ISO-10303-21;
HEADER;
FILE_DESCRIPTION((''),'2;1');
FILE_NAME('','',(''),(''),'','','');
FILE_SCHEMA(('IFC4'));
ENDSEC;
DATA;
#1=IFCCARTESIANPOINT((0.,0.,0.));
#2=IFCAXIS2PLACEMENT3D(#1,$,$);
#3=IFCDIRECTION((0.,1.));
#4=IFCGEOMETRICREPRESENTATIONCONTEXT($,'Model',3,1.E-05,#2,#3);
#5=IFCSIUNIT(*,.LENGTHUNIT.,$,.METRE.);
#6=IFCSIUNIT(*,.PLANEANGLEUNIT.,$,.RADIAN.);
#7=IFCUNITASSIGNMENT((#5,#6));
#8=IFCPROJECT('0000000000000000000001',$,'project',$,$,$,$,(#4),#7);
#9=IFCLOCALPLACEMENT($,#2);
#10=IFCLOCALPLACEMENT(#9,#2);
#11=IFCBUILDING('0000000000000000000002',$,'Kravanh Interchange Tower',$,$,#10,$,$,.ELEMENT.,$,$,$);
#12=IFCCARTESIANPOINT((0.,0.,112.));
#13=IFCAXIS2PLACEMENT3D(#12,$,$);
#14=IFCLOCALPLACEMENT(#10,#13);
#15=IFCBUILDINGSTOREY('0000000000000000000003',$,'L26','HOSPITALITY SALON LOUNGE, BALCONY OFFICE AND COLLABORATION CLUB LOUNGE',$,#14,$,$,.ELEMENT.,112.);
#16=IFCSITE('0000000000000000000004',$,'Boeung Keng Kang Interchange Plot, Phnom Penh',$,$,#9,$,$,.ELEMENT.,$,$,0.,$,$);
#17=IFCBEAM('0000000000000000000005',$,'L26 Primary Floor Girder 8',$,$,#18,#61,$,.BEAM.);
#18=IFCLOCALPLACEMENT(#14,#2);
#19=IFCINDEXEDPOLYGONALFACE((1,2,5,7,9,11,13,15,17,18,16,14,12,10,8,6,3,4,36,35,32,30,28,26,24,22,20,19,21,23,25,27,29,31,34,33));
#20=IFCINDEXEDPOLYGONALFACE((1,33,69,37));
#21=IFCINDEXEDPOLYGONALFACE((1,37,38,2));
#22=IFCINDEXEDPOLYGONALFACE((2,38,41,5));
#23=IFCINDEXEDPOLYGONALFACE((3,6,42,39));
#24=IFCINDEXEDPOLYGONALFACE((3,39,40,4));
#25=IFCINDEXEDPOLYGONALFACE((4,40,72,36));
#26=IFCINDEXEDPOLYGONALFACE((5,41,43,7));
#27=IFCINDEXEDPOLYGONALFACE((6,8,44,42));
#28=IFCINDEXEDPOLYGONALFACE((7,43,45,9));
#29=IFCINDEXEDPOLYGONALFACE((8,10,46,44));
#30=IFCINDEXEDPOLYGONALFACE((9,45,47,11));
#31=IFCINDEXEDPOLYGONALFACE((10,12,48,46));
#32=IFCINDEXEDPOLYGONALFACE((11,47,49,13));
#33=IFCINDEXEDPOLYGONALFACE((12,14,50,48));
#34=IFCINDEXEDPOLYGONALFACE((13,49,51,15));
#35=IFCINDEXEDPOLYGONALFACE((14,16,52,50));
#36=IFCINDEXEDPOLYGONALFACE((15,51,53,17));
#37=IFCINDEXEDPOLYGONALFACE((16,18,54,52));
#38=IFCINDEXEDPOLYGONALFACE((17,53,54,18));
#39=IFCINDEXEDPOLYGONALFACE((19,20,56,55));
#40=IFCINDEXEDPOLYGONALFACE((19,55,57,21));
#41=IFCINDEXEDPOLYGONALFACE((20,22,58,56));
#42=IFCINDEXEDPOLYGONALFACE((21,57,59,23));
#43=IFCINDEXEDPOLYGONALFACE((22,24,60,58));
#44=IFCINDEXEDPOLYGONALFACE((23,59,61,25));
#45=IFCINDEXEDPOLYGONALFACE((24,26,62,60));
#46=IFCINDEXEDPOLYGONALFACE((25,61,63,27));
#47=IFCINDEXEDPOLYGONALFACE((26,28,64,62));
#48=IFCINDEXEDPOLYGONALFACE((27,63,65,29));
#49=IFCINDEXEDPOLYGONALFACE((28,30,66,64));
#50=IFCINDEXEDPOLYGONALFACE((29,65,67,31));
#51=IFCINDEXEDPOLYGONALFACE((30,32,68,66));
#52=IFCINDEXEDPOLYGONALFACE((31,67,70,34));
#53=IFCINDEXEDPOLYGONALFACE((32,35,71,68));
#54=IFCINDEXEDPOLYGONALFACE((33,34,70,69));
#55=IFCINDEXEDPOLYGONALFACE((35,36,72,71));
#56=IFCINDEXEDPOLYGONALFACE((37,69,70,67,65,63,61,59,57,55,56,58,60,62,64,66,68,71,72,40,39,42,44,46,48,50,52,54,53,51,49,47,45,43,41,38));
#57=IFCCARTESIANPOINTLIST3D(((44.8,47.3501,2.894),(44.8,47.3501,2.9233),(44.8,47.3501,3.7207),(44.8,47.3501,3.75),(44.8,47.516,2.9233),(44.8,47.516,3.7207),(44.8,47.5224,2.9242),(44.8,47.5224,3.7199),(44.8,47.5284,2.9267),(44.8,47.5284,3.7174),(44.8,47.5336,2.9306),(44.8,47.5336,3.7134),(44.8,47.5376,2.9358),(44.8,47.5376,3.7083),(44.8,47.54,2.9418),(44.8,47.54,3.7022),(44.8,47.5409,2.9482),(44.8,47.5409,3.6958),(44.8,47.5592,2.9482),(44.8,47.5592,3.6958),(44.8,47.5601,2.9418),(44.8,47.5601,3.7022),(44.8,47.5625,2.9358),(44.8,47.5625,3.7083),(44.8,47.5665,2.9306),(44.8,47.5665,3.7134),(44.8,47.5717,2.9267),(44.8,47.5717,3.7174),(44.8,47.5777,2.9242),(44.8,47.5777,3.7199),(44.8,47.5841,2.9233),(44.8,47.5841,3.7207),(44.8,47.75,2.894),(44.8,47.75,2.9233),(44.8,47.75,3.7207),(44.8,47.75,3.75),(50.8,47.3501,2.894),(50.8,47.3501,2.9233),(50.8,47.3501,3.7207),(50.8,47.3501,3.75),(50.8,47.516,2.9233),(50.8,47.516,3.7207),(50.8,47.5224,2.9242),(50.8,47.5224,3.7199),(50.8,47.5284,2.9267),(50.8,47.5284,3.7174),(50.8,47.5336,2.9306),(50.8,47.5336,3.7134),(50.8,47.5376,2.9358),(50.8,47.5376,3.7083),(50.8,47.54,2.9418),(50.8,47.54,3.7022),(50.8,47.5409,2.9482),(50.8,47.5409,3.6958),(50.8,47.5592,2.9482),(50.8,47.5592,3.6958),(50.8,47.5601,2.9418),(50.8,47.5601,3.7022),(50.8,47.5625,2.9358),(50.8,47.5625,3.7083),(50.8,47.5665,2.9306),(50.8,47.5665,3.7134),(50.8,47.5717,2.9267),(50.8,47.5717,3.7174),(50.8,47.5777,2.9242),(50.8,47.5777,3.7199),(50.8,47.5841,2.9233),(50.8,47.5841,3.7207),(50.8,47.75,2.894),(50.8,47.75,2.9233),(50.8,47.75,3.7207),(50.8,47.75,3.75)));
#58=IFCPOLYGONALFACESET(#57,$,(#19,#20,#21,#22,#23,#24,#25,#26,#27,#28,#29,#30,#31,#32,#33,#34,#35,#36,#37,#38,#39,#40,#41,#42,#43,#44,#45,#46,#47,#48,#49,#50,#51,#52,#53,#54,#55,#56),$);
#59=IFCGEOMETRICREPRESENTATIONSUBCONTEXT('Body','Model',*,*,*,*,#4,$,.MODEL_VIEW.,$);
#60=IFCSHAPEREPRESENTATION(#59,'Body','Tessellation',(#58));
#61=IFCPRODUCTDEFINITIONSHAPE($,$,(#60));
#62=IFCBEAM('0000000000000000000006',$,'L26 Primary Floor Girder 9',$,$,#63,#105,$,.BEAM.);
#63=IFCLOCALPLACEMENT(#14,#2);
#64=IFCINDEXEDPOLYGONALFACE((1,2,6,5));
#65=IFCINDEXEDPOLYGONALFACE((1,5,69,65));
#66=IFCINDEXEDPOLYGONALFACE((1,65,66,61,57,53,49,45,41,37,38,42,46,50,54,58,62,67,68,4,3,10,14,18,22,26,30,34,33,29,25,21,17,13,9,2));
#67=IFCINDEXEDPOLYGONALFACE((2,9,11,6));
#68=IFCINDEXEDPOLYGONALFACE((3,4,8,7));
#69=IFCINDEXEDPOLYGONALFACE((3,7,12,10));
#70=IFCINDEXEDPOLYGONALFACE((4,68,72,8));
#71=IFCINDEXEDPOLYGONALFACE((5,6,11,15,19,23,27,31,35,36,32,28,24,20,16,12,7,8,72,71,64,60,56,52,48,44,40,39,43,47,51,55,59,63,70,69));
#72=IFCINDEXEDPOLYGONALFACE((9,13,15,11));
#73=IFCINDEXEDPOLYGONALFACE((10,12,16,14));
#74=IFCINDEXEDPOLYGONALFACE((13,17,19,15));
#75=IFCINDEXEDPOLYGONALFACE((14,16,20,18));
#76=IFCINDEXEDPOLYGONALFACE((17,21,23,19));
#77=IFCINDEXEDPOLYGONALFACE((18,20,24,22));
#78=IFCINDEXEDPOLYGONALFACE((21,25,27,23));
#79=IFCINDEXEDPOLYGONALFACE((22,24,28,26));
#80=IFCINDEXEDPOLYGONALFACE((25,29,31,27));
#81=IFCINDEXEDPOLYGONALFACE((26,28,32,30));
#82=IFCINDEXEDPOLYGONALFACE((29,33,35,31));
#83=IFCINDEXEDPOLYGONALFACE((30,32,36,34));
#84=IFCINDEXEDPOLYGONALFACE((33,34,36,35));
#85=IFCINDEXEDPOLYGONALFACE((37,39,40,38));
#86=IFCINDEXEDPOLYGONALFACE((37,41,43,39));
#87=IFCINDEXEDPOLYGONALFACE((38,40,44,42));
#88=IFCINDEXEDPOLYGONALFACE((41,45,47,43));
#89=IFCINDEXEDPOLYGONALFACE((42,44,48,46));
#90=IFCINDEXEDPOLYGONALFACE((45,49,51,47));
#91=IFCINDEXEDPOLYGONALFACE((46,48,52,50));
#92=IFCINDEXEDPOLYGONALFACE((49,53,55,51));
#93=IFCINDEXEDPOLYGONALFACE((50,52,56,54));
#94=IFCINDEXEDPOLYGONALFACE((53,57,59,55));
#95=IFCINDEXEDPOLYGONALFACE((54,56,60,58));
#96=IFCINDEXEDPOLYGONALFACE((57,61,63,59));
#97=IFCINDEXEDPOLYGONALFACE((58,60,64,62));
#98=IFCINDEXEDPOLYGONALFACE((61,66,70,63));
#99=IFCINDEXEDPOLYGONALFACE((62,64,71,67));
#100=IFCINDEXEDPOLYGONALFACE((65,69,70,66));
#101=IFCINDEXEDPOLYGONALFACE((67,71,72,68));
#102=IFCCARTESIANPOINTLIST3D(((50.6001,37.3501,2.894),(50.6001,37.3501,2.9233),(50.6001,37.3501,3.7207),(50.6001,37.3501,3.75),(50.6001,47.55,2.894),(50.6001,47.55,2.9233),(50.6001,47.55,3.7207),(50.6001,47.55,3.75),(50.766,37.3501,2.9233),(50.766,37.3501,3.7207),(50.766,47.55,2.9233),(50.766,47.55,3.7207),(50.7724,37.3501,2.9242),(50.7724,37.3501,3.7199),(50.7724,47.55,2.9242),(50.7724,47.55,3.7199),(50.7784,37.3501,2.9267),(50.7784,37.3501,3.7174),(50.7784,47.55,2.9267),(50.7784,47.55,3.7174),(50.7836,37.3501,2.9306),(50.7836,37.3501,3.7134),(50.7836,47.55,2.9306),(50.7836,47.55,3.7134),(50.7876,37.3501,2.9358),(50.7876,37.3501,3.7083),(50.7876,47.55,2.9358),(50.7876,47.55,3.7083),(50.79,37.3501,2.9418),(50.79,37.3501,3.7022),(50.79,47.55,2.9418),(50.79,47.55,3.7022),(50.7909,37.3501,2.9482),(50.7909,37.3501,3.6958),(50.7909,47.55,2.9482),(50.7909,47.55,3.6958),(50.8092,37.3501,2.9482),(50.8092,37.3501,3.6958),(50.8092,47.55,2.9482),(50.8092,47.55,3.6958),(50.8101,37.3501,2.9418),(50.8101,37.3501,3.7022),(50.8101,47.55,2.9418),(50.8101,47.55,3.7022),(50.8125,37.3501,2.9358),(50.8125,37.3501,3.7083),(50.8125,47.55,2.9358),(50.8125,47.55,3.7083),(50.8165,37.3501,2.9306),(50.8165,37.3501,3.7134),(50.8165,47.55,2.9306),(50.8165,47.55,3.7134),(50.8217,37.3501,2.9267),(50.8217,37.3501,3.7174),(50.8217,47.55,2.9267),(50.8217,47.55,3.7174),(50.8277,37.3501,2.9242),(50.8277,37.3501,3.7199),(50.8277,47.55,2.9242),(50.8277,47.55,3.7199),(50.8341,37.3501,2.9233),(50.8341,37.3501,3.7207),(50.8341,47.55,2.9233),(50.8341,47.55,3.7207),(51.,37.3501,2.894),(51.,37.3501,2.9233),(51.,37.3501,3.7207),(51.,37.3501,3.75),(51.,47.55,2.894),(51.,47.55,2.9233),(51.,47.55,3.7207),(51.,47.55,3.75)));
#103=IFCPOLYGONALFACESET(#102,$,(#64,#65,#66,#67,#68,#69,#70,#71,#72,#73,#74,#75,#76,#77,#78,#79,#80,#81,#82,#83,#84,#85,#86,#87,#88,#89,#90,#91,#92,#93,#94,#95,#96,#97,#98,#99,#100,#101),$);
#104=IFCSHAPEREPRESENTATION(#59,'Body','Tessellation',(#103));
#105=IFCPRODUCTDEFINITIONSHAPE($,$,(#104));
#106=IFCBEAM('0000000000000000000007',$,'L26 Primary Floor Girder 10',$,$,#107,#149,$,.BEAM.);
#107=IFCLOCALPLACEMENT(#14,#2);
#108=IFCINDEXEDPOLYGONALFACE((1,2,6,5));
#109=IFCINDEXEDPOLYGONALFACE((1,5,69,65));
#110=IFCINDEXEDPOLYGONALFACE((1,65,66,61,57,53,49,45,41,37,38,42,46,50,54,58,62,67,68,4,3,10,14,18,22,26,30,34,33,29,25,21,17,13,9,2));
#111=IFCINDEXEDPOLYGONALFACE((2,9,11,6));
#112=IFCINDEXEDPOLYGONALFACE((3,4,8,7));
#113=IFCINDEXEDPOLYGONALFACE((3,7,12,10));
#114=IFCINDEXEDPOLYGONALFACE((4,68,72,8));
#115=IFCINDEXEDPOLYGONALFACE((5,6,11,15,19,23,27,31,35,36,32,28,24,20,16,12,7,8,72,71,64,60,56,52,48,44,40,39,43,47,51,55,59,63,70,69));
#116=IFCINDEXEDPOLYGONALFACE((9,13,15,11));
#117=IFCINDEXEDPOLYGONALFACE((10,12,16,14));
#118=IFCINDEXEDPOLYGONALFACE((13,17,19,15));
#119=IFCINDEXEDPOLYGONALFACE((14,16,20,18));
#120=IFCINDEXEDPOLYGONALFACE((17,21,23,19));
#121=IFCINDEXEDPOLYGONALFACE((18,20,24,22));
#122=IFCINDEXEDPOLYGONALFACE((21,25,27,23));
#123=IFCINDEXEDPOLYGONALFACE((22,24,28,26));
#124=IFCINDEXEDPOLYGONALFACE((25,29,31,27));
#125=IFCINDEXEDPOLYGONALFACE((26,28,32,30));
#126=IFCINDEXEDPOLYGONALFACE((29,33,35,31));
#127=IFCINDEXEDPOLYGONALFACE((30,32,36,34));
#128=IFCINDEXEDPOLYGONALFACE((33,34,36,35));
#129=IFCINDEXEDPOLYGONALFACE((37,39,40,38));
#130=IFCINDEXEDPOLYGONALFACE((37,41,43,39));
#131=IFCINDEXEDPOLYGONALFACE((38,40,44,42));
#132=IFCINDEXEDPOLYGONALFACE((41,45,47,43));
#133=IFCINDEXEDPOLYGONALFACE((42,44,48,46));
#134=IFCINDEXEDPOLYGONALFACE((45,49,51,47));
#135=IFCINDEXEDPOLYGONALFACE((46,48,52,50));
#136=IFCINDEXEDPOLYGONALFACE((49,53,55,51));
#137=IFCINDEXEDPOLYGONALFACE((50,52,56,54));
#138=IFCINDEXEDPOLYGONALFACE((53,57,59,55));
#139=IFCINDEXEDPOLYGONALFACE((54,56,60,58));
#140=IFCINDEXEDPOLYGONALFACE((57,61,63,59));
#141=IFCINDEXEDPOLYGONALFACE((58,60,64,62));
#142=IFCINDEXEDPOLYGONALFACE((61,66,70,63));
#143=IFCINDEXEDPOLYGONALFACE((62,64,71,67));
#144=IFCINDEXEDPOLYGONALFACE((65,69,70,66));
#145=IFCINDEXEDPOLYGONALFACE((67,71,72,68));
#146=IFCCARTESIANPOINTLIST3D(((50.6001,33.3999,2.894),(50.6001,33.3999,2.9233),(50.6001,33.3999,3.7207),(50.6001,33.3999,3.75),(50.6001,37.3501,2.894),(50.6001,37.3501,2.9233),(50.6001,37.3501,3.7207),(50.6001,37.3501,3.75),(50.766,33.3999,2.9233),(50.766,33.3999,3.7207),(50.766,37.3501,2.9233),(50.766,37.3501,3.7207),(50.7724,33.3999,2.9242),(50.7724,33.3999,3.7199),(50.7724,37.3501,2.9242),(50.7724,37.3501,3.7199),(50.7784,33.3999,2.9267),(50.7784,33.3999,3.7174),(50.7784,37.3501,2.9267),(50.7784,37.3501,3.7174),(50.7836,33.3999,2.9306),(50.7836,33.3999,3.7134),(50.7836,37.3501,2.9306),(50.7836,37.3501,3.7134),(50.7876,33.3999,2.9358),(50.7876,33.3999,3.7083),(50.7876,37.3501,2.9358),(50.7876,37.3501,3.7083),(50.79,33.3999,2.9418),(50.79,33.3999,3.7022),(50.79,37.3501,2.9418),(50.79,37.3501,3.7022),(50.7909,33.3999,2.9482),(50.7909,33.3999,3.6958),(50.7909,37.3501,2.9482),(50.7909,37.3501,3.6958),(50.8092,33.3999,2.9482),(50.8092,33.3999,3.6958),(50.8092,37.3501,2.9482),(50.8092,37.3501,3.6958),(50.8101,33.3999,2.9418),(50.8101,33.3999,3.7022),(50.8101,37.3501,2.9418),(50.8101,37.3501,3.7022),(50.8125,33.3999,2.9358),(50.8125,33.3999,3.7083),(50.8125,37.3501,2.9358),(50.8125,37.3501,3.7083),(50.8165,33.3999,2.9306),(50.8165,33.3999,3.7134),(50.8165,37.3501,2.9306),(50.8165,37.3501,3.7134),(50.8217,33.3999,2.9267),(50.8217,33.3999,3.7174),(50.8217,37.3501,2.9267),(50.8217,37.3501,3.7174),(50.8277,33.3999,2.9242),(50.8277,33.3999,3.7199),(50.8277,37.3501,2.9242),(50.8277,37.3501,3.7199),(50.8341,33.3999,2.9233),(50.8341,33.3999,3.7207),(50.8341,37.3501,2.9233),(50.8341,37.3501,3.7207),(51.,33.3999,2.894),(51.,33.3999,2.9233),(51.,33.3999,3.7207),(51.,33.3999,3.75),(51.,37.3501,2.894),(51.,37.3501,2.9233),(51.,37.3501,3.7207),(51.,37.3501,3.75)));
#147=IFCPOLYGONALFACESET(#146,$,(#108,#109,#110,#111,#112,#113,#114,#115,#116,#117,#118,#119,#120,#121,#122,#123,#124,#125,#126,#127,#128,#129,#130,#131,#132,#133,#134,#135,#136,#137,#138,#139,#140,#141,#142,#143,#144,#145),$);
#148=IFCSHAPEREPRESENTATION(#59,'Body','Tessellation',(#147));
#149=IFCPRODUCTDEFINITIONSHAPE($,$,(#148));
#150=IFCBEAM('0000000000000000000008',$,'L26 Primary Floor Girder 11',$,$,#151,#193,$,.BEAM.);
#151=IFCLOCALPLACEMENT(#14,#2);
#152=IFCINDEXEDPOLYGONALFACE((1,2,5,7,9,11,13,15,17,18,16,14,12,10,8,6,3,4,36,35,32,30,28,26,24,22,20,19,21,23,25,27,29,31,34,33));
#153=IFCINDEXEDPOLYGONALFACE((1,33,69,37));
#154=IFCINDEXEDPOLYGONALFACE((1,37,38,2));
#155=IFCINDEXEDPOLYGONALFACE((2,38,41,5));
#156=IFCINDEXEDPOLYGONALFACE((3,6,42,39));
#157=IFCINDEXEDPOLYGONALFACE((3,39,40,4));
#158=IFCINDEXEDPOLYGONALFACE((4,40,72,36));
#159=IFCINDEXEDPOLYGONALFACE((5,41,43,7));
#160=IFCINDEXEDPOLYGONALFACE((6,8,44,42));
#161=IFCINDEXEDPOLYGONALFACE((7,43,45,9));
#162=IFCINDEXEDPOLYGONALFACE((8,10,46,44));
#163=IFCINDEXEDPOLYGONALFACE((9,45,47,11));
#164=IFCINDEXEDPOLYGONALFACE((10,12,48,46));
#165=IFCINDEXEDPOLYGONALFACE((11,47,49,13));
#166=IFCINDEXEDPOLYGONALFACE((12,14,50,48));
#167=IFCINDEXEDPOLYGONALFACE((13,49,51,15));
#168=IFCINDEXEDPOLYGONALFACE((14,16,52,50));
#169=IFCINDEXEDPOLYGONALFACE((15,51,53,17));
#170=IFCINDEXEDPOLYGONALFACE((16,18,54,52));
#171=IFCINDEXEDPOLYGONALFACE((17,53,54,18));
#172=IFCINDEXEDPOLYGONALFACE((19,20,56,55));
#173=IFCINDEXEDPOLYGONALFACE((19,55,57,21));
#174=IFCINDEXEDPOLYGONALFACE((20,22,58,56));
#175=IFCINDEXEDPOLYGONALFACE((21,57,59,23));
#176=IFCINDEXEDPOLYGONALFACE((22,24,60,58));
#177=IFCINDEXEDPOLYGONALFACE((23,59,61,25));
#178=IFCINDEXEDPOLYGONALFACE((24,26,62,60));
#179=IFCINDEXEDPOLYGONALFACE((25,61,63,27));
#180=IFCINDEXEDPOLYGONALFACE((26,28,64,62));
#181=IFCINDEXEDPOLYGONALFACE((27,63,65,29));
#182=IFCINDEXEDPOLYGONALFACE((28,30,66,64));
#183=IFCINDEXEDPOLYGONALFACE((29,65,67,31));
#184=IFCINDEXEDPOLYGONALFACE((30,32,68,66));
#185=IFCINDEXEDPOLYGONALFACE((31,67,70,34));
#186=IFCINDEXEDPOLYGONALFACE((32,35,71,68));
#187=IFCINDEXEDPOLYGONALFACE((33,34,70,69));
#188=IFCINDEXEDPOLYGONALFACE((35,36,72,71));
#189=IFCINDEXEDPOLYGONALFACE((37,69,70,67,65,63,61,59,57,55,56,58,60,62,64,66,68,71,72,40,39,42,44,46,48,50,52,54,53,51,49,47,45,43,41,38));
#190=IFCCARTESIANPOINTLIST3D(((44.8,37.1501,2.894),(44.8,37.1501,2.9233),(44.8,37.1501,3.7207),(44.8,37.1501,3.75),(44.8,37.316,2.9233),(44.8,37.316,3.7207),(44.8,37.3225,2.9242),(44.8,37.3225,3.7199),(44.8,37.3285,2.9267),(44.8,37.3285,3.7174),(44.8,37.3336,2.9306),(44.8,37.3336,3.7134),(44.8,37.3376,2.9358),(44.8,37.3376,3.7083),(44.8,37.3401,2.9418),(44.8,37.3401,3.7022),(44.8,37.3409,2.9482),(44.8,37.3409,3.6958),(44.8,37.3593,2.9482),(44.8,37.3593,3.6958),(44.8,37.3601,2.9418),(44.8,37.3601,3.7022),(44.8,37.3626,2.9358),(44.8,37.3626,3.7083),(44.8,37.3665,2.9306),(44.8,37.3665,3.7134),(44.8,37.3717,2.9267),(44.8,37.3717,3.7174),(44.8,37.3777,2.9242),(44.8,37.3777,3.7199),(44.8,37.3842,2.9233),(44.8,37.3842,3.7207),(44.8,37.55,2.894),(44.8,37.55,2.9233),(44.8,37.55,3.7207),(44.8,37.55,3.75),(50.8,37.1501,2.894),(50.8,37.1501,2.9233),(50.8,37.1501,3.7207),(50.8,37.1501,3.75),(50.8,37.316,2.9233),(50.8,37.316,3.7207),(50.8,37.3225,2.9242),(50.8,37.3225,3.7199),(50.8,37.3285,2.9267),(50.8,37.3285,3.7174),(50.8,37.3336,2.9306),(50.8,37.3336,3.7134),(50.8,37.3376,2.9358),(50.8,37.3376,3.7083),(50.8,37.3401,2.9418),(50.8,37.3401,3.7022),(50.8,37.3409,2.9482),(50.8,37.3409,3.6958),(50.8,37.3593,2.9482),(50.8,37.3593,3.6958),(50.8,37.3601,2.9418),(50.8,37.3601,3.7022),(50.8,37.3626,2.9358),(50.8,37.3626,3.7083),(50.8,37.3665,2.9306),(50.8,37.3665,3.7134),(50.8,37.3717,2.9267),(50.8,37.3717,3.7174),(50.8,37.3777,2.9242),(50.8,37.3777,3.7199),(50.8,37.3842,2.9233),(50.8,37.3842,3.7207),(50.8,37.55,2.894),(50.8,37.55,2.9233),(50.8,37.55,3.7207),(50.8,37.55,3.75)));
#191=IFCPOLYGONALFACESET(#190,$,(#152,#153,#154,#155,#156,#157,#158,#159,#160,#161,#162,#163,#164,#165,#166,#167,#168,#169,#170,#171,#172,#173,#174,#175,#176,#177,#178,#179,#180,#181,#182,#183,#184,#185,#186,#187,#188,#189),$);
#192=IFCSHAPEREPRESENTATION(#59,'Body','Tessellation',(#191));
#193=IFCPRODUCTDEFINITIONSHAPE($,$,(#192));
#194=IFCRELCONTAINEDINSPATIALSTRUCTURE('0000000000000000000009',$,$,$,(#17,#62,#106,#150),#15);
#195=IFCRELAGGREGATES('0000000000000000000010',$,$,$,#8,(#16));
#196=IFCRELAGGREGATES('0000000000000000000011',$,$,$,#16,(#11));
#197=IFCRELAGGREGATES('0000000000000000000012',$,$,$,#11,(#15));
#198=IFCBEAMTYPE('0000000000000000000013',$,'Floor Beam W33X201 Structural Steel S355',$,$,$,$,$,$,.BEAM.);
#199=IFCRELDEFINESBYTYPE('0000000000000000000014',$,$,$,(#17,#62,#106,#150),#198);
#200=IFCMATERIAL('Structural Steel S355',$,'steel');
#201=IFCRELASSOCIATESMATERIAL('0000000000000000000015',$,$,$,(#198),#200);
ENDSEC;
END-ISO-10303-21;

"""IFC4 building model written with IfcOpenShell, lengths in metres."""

from ifc_helpers import new_model, si_unit, direction, frame, origin, origin_2d, place, context, subcontext, project, spatial, i_section, extrude, material, material_profile, profile_set, type_object, element, save


model = new_model("IFC4")

# Units and contexts
model_context = context("Model", 3, precision=1e-05, world=origin(), true_north=direction((0.0, 1.0)))
body_context = subcontext(model_context, "Body", "Model", "MODEL_VIEW")
ifc_project = project(units=[si_unit("LENGTHUNIT", "METRE"), si_unit("PLANEANGLEUNIT", "RADIAN")], contexts=[model_context])

# Site, building, storey
site_placement = place(None, origin())
site = spatial("IfcSite", under=ifc_project, at=site_placement, Name="Boeung Keng Kang Interchange Plot, Phnom Penh", CompositionType="ELEMENT", RefElevation=0.0)
building_placement = place(site_placement, origin())
building = spatial("IfcBuilding", under=site, at=building_placement, Name="Kravanh Interchange Tower", CompositionType="ELEMENT")
storey_placement = place(building_placement, frame((0.0, 0.0, 112.0)))
storey = spatial("IfcBuildingStorey", under=building, at=storey_placement, Name="L26", Description="HOSPITALITY SALON LOUNGE, BALCONY OFFICE AND COLLABORATION CLUB LOUNGE", CompositionType="ELEMENT", Elevation=112.0)

# Beams
ifc_material_1 = material(Name="Structural Steel S355", Category="steel")
ifc_material_profile_1 = material_profile(ifc_material_1, i_section(OverallWidth=0.3999, OverallDepth=0.856, WebThickness=0.0183, FlangeThickness=0.0293, FilletRadius=0.0249, at=origin_2d()), Name="W33X201")
ifc_profile_set_1 = profile_set([ifc_material_profile_1], Name="Structural Steel S355")
beam_type_1 = type_object("IfcBeamType", Name="Floor Beam W33X201 Structural Steel S355", PredefinedType="BEAM", material=ifc_profile_set_1)
beam_1_placement = place(storey_placement, frame((50.8, 47.55, 3.322), z_axis=(-1.0, 0.0, 0.0), x_axis=(0.0, -1.0, 0.0)))
element("IfcBeam", 1, at=beam_1_placement, inside=storey, type_object=beam_type_1, Name="L26 Primary Floor Girder 8", PredefinedType="BEAM", context=body_context, shape_type="SweptSolid", body=[
    extrude(i_section(OverallWidth=0.3999, OverallDepth=0.856, WebThickness=0.0183, FlangeThickness=0.0293, FilletRadius=0.0249, at=origin_2d()), origin(), (0.0, 0.0, 1.0), 6.0),
])
beam_2_placement = place(storey_placement, frame((50.8, 47.55, 3.322), z_axis=(0.0, -1.0, 0.0), x_axis=(1.0, 0.0, 0.0)))
element("IfcBeam", 2, at=beam_2_placement, inside=storey, type_object=beam_type_1, Name="L26 Primary Floor Girder 9", PredefinedType="BEAM", context=body_context, shape_type="SweptSolid", body=[
    extrude(i_section(OverallWidth=0.3999, OverallDepth=0.856, WebThickness=0.0183, FlangeThickness=0.0293, FilletRadius=0.0249, at=origin_2d()), origin(), (0.0, 0.0, 1.0), 10.2),
])
beam_3_placement = place(storey_placement, frame((50.8, 37.3501, 3.322), z_axis=(0.0, -1.0, 0.0), x_axis=(1.0, 0.0, 0.0)))
element("IfcBeam", 3, at=beam_3_placement, inside=storey, type_object=beam_type_1, Name="L26 Primary Floor Girder 10", PredefinedType="BEAM", context=body_context, shape_type="SweptSolid", body=[
    extrude(i_section(OverallWidth=0.3999, OverallDepth=0.856, WebThickness=0.0183, FlangeThickness=0.0293, FilletRadius=0.0249, at=origin_2d()), origin(), (0.0, 0.0, 1.0), 3.9502),
])
beam_4_placement = place(storey_placement, frame((50.8, 37.3501, 3.322), z_axis=(-1.0, 0.0, 0.0), x_axis=(0.0, -1.0, 0.0)))
element("IfcBeam", 4, at=beam_4_placement, inside=storey, type_object=beam_type_1, Name="L26 Primary Floor Girder 11", PredefinedType="BEAM", context=body_context, shape_type="SweptSolid", body=[
    extrude(i_section(OverallWidth=0.3999, OverallDepth=0.856, WebThickness=0.0183, FlangeThickness=0.0293, FilletRadius=0.0249, at=origin_2d()), origin(), (0.0, 0.0, 1.0), 6.0),
])

save(model, "model.ifc")
